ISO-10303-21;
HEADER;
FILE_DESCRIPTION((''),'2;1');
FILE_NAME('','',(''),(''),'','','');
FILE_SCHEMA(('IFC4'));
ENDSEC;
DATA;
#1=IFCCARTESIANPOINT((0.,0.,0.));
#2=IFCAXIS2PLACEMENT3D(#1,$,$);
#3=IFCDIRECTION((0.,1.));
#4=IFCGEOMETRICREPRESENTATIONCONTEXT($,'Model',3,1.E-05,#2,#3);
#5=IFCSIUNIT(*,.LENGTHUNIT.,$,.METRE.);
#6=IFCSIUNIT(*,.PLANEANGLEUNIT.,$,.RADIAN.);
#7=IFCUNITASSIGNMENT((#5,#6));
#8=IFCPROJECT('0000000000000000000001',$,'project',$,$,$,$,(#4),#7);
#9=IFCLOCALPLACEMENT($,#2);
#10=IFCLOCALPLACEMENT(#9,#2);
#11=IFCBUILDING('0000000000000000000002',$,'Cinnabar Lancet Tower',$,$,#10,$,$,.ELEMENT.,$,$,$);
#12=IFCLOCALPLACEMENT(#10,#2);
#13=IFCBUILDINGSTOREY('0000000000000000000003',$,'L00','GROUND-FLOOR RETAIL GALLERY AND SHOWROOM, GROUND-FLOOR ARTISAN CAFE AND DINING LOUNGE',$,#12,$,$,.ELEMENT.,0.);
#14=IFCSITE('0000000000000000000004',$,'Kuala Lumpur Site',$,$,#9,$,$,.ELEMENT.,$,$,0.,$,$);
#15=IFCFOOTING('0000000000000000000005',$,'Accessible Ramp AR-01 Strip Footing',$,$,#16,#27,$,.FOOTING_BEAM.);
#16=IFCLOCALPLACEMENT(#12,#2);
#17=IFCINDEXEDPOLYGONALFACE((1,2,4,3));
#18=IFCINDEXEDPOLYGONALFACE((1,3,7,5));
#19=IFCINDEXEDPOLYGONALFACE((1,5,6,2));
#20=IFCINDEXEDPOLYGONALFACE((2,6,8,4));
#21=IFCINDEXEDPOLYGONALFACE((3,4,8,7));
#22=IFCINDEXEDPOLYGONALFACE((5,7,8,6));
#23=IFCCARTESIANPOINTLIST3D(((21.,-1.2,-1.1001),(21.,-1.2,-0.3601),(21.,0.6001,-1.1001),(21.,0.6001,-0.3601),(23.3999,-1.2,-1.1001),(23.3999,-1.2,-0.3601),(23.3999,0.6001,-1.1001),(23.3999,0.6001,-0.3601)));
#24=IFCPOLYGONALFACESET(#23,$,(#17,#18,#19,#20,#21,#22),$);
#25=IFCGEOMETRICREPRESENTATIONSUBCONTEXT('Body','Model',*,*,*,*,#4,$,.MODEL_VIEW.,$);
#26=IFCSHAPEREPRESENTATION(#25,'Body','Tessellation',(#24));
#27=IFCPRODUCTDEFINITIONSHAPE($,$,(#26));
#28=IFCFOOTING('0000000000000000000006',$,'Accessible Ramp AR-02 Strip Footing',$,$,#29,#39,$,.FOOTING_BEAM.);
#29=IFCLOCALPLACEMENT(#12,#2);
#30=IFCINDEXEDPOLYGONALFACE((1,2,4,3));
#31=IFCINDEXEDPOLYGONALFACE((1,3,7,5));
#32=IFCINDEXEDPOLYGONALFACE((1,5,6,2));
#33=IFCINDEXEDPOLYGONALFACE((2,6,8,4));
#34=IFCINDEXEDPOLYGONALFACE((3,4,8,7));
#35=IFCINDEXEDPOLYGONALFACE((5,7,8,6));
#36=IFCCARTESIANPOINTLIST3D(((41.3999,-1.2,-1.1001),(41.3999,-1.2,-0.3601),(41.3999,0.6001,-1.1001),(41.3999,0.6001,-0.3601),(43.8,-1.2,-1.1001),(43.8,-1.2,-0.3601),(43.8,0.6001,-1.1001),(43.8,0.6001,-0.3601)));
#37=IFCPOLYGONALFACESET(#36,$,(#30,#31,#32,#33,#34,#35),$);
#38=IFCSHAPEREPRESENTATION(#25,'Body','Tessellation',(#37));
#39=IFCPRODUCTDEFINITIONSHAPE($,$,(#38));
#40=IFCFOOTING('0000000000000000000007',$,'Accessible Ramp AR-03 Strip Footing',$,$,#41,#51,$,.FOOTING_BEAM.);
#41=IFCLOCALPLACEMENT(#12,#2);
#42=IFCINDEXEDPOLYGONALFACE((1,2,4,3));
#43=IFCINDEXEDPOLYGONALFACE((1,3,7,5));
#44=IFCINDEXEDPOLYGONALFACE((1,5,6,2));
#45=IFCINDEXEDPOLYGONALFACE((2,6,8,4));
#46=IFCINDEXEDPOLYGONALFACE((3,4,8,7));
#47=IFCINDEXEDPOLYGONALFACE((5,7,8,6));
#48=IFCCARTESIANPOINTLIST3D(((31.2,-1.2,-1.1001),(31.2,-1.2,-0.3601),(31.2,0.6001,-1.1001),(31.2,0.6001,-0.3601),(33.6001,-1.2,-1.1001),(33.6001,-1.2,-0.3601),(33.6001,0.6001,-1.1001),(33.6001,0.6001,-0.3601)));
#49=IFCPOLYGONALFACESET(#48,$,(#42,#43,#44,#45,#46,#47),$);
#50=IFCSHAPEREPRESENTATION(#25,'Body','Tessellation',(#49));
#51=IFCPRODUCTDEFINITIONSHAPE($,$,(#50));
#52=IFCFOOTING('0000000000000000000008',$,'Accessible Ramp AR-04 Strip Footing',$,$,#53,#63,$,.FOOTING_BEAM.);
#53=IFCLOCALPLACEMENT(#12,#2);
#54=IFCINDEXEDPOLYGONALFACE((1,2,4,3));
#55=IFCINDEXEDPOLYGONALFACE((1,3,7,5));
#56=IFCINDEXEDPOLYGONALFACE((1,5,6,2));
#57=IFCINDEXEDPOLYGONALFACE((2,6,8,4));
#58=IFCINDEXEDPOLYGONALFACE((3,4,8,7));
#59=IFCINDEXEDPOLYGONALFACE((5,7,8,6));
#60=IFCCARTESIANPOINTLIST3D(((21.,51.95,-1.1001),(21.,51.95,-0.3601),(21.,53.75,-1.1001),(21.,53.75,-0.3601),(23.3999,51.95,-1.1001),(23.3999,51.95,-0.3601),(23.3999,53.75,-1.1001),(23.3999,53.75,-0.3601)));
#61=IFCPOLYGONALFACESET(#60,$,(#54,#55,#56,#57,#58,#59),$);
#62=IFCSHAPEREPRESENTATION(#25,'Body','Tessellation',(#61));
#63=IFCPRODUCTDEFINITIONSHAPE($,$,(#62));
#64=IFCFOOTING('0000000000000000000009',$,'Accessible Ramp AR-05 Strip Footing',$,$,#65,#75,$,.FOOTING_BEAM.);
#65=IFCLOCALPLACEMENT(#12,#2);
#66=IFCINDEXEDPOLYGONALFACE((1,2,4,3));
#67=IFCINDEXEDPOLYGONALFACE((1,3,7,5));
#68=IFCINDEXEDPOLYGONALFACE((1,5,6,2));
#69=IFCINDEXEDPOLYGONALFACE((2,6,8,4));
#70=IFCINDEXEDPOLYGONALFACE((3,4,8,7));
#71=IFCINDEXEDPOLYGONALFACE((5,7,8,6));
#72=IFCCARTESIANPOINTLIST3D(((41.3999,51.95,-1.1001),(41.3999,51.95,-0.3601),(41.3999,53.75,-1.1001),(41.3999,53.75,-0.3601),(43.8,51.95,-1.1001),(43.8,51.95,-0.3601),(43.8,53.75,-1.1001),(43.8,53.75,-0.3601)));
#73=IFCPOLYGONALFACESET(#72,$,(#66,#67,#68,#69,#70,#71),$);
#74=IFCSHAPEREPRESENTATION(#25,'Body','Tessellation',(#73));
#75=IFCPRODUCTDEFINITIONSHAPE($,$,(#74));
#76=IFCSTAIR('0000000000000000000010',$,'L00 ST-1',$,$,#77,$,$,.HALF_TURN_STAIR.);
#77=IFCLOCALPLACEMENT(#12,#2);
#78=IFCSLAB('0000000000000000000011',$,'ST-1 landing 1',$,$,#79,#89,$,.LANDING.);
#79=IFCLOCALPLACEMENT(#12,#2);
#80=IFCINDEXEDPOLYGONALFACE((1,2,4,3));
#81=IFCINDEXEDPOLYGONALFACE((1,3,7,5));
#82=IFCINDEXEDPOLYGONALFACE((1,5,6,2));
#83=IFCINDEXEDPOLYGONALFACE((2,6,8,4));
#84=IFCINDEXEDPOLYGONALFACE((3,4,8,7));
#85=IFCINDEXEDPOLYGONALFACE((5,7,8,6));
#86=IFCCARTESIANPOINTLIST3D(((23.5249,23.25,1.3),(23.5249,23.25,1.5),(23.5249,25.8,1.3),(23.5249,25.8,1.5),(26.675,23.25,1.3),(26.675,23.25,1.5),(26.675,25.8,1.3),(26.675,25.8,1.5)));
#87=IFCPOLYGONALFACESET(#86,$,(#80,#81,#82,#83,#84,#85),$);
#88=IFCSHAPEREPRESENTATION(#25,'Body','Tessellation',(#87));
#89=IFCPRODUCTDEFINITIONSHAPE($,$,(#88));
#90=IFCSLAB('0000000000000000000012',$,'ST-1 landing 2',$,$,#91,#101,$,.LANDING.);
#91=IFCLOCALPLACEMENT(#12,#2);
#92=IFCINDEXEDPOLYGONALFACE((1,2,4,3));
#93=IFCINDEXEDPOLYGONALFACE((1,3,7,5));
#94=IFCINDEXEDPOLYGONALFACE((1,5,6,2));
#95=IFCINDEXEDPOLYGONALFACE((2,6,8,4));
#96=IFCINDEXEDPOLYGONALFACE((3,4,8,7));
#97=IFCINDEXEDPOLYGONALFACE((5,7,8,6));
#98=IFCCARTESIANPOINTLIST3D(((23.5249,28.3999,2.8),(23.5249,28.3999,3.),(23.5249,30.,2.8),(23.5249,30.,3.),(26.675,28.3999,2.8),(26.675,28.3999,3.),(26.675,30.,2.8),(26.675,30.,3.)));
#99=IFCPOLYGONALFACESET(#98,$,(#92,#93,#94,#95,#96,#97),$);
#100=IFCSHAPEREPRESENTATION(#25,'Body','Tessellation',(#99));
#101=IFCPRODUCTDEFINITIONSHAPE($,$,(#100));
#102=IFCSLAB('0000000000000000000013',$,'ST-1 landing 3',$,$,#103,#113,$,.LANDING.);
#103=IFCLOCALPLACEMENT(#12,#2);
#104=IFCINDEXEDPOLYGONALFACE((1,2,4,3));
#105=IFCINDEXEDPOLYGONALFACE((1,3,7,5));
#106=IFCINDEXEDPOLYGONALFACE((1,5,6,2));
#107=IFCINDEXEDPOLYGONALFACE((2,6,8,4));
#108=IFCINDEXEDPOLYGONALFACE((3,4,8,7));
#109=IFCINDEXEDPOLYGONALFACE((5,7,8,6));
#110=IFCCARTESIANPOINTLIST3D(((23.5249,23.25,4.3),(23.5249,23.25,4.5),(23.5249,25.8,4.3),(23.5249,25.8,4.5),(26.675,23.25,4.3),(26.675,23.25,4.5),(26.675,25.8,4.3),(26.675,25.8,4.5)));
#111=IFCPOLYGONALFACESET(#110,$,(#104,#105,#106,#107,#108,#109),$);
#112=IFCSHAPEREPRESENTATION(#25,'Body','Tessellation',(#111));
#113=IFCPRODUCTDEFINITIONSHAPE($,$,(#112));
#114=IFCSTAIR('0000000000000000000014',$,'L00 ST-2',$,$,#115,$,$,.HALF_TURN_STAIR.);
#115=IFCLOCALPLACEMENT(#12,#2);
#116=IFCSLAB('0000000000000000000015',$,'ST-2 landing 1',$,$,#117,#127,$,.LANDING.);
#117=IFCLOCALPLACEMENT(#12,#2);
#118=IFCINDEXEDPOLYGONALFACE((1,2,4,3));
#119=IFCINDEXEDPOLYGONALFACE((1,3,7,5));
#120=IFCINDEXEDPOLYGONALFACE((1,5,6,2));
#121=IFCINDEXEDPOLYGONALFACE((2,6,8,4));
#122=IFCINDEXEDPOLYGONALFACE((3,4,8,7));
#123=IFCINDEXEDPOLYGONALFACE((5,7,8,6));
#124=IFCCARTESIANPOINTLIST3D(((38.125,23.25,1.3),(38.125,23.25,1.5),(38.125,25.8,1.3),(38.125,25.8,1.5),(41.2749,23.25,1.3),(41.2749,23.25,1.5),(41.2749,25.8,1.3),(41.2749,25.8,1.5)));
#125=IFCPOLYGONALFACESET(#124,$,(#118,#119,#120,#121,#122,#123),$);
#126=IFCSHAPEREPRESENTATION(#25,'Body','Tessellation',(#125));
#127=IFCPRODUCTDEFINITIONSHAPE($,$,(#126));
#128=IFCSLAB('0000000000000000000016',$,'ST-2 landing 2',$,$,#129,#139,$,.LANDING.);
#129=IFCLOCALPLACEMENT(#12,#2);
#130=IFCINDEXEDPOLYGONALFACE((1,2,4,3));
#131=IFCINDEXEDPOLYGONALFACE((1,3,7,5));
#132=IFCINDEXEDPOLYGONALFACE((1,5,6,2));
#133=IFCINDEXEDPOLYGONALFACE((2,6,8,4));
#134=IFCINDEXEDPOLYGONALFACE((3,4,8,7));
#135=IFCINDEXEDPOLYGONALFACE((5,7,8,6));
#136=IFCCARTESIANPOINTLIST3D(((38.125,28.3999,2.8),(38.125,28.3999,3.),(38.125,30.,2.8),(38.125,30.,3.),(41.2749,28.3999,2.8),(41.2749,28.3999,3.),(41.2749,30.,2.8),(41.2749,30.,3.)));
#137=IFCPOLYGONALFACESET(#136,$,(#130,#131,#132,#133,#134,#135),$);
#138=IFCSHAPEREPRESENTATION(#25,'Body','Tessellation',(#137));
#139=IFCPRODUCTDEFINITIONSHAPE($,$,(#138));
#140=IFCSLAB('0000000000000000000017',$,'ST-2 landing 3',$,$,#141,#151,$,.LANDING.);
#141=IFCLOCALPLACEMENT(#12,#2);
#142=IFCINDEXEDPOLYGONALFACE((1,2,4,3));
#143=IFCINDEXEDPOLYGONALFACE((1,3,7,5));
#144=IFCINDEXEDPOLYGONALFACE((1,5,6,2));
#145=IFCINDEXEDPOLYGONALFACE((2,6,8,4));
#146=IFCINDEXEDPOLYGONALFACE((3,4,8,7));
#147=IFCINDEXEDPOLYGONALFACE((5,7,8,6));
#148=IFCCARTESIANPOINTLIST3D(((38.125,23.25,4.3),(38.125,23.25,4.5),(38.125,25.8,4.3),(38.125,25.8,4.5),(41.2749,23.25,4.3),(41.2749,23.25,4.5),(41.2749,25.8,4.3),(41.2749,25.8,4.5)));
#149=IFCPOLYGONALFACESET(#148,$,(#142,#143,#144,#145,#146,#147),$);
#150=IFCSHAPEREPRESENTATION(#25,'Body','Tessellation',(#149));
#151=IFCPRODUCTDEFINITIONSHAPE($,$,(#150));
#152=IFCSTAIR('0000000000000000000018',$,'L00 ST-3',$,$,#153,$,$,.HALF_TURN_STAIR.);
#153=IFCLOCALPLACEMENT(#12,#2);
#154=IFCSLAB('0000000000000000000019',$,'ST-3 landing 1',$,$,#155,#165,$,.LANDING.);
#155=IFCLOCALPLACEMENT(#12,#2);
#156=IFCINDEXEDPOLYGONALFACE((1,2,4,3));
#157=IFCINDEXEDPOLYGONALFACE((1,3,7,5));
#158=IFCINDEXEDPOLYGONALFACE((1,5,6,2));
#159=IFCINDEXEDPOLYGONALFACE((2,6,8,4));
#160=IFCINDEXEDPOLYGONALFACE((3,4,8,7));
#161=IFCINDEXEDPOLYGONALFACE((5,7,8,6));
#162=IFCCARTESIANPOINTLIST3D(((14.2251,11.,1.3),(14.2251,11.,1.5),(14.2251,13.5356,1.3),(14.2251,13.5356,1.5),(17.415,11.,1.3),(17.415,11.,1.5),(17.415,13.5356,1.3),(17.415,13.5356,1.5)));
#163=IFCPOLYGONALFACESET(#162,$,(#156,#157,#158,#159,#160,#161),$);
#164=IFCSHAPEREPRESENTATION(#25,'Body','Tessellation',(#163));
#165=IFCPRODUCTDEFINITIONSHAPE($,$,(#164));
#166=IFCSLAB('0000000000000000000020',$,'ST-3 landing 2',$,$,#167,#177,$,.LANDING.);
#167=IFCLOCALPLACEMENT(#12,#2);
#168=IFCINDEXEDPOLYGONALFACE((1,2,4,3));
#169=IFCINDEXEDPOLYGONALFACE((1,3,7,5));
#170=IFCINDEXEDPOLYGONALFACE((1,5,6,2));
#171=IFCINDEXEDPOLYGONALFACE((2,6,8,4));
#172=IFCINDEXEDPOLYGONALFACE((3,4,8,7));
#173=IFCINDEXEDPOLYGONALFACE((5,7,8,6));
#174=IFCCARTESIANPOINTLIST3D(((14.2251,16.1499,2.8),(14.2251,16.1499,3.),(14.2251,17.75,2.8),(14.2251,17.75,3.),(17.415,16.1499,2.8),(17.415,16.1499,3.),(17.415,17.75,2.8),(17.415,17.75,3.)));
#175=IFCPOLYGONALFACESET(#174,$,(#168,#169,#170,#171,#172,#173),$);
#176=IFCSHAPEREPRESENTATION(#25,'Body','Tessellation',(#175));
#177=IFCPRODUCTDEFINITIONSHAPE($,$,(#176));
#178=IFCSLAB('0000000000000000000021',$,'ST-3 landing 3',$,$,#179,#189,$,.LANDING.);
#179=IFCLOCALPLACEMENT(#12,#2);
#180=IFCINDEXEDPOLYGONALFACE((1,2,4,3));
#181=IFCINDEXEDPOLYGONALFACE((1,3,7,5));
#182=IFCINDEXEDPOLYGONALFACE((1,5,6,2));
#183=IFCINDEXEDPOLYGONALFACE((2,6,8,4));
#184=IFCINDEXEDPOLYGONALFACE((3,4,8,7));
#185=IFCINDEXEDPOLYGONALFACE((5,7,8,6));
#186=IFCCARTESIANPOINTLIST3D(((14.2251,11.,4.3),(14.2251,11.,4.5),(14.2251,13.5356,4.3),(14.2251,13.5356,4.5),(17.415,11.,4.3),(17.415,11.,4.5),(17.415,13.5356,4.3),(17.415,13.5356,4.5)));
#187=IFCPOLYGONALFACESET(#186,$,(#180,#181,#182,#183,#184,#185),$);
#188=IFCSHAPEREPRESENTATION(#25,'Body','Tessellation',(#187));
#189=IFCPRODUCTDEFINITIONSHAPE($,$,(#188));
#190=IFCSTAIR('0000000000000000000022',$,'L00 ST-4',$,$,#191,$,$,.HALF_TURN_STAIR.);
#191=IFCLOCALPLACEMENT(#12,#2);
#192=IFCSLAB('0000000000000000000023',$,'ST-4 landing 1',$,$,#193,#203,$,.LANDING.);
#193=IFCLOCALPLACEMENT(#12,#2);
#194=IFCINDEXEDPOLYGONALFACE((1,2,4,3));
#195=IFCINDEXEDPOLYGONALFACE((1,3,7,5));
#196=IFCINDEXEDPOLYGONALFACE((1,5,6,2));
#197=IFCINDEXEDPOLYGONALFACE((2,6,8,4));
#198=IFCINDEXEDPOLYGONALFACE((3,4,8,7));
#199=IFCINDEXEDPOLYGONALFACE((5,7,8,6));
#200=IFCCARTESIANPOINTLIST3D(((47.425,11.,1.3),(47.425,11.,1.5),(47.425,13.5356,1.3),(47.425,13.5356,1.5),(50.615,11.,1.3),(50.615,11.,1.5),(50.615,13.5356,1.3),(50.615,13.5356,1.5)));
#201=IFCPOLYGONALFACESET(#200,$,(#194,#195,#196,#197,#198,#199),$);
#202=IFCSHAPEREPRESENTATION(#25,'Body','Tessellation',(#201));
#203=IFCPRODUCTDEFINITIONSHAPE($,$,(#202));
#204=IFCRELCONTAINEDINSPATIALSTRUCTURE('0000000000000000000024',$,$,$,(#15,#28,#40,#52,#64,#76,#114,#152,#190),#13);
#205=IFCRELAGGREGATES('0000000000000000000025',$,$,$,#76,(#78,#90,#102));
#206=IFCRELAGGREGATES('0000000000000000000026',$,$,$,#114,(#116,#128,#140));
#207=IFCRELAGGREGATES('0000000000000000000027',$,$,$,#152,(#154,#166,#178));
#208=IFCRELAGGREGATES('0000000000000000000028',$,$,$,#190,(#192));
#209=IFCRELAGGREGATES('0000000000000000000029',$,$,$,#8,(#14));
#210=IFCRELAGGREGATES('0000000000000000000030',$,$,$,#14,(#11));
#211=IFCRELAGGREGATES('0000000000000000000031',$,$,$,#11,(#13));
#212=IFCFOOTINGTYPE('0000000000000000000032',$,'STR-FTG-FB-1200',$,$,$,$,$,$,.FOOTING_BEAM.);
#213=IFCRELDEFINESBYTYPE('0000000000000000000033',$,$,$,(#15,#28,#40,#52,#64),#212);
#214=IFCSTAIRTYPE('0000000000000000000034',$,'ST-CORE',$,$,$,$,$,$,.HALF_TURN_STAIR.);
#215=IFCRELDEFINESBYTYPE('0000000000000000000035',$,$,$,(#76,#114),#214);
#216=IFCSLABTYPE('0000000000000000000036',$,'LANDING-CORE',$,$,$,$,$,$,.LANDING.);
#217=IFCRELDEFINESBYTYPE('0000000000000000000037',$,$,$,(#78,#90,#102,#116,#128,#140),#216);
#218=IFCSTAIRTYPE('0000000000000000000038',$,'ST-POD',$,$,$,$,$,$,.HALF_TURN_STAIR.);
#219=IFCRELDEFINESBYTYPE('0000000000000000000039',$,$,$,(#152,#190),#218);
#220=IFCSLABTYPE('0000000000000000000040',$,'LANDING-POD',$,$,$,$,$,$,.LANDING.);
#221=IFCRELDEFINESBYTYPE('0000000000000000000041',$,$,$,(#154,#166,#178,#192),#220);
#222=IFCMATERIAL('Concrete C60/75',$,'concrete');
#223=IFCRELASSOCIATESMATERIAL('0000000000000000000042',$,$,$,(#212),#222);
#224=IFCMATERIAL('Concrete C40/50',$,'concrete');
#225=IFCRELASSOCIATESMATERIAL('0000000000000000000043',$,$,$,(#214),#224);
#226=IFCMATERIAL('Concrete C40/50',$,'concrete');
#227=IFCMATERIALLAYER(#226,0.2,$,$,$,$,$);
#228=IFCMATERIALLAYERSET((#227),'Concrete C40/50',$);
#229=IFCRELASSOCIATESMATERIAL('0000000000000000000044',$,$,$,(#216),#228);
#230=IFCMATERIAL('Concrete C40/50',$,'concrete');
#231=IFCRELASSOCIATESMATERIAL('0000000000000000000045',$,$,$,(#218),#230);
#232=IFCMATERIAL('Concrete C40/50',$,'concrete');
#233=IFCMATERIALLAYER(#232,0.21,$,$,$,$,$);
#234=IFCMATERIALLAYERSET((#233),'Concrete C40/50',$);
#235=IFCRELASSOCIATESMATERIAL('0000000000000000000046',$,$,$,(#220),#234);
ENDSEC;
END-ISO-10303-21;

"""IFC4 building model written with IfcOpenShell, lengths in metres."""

from ifc_helpers import new_model, si_unit, direction, frame, origin, origin_2d, place, context, subcontext, project, spatial, polyline, rectangle, outline, extrude, material, layer, layer_set, material_profile, profile_set, type_object, element, aggregate, save


model = new_model("IFC4")

# Units and contexts
model_context = context("Model", 3, precision=1e-05, world=origin(), true_north=direction((0.0, 1.0)))
body_context = subcontext(model_context, "Body", "Model", "MODEL_VIEW")
ifc_project = project(units=[si_unit("LENGTHUNIT", "METRE"), si_unit("PLANEANGLEUNIT", "RADIAN")], contexts=[model_context])

# Site, building, storey
site_placement = place(None, origin())
site = spatial("IfcSite", under=ifc_project, at=site_placement, Name="Kuala Lumpur Site", CompositionType="ELEMENT", RefElevation=0.0)
building_placement = place(site_placement, origin())
building = spatial("IfcBuilding", under=site, at=building_placement, Name="Cinnabar Lancet Tower", CompositionType="ELEMENT")
storey_placement = place(building_placement, origin())
storey = spatial("IfcBuildingStorey", under=building, at=storey_placement, Name="L00", Description="GROUND-FLOOR RETAIL GALLERY AND SHOWROOM, GROUND-FLOOR ARTISAN CAFE AND DINING LOUNGE", CompositionType="ELEMENT", Elevation=0.0)

# Footings
ifc_material_1 = material(Name="Concrete C60/75", Category="concrete")
ifc_material_profile = material_profile(ifc_material_1, rectangle(XDim=1.2, YDim=1.2, at=origin_2d()), Name="RC-FB 1200x1200")
ifc_profile_set = profile_set([ifc_material_profile], Name="Concrete C60/75")
footing_type = type_object("IfcFootingType", Name="STR-FTG-FB-1200", PredefinedType="FOOTING_BEAM", material=ifc_profile_set)
footing_1_placement = place(storey_placement, frame((0.0, 0.0, -1.1001)))
element("IfcFooting", 1, at=footing_1_placement, inside=storey, type_object=footing_type, Name="Accessible Ramp AR-01 Strip Footing", PredefinedType="FOOTING_BEAM", context=body_context, shape_type="SweptSolid", body=[
    extrude(outline(polyline([(21.0, -1.2), (23.3999, -1.2), (23.3999, 0.6001), (21.0, 0.6001), (21.0, -1.2)])), origin(), (0.0, 0.0, 1.0), 0.74),
])
footing_2_placement = place(storey_placement, frame((0.0, 0.0, -1.1001)))
element("IfcFooting", 2, at=footing_2_placement, inside=storey, type_object=footing_type, Name="Accessible Ramp AR-02 Strip Footing", PredefinedType="FOOTING_BEAM", context=body_context, shape_type="SweptSolid", body=[
    extrude(outline(polyline([(41.3999, -1.2), (43.8, -1.2), (43.8, 0.6001), (41.3999, 0.6001), (41.3999, -1.2)])), origin(), (0.0, 0.0, 1.0), 0.74),
])
footing_3_placement = place(storey_placement, frame((0.0, 0.0, -1.1001)))
element("IfcFooting", 3, at=footing_3_placement, inside=storey, type_object=footing_type, Name="Accessible Ramp AR-03 Strip Footing", PredefinedType="FOOTING_BEAM", context=body_context, shape_type="SweptSolid", body=[
    extrude(outline(polyline([(31.2, -1.2), (33.6001, -1.2), (33.6001, 0.6001), (31.2, 0.6001), (31.2, -1.2)])), origin(), (0.0, 0.0, 1.0), 0.74),
])
footing_4_placement = place(storey_placement, frame((0.0, 0.0, -1.1001)))
element("IfcFooting", 4, at=footing_4_placement, inside=storey, type_object=footing_type, Name="Accessible Ramp AR-04 Strip Footing", PredefinedType="FOOTING_BEAM", context=body_context, shape_type="SweptSolid", body=[
    extrude(outline(polyline([(21.0, 51.95), (23.3999, 51.95), (23.3999, 53.75), (21.0, 53.75), (21.0, 51.95)])), origin(), (0.0, 0.0, 1.0), 0.74),
])
footing_5_placement = place(storey_placement, frame((0.0, 0.0, -1.1001)))
element("IfcFooting", 5, at=footing_5_placement, inside=storey, type_object=footing_type, Name="Accessible Ramp AR-05 Strip Footing", PredefinedType="FOOTING_BEAM", context=body_context, shape_type="SweptSolid", body=[
    extrude(outline(polyline([(41.3999, 51.95), (43.8, 51.95), (43.8, 53.75), (41.3999, 53.75), (41.3999, 51.95)])), origin(), (0.0, 0.0, 1.0), 0.74),
])

# Stairs, slabs
ifc_material_2 = material(Name="Concrete C40/50", Category="concrete")
stair_type_1 = type_object("IfcStairType", Name="ST-CORE", PredefinedType="HALF_TURN_STAIR", material=ifc_material_2)
stair_1_placement = place(storey_placement, origin())
stair_1 = element("IfcStair", 6, at=stair_1_placement, inside=storey, type_object=stair_type_1, Name="L00 ST-1", PredefinedType="HALF_TURN_STAIR")
ifc_material_3 = material(Name="Concrete C40/50", Category="concrete")
ifc_layer_1 = layer(ifc_material_3, 0.2)
ifc_layer_set_1 = layer_set([ifc_layer_1], Name="Concrete C40/50")
slab_type_1 = type_object("IfcSlabType", Name="LANDING-CORE", PredefinedType="LANDING", material=ifc_layer_set_1)
slab_1_placement = place(storey_placement, frame((0.0, 0.0, 1.3)))
slab_1 = element("IfcSlab", 7, at=slab_1_placement, type_object=slab_type_1, Name="ST-1 landing 1", PredefinedType="LANDING", context=body_context, shape_type="SweptSolid", body=[
    extrude(outline(polyline([(23.5249, 25.8), (23.5249, 23.25), (26.675, 23.25), (26.675, 25.8), (23.5249, 25.8)])), origin(), (0.0, 0.0, 1.0), 0.2),
])
slab_2_placement = place(storey_placement, frame((0.0, 0.0, 2.8)))
slab_2 = element("IfcSlab", 8, at=slab_2_placement, type_object=slab_type_1, Name="ST-1 landing 2", PredefinedType="LANDING", context=body_context, shape_type="SweptSolid", body=[
    extrude(outline(polyline([(23.5249, 30.0), (23.5249, 28.3999), (26.675, 28.3999), (26.675, 30.0), (23.5249, 30.0)])), origin(), (0.0, 0.0, 1.0), 0.2),
])
slab_3_placement = place(storey_placement, frame((0.0, 0.0, 4.3)))
slab_3 = element("IfcSlab", 9, at=slab_3_placement, type_object=slab_type_1, Name="ST-1 landing 3", PredefinedType="LANDING", context=body_context, shape_type="SweptSolid", body=[
    extrude(outline(polyline([(23.5249, 25.8), (23.5249, 23.25), (26.675, 23.25), (26.675, 25.8), (23.5249, 25.8)])), origin(), (0.0, 0.0, 1.0), 0.2),
])
aggregate(stair_1, [slab_1, slab_2, slab_3])
stair_2_placement = place(storey_placement, origin())
stair_2 = element("IfcStair", 10, at=stair_2_placement, inside=storey, type_object=stair_type_1, Name="L00 ST-2", PredefinedType="HALF_TURN_STAIR")
slab_4_placement = place(storey_placement, frame((0.0, 0.0, 1.3)))
slab_4 = element("IfcSlab", 11, at=slab_4_placement, type_object=slab_type_1, Name="ST-2 landing 1", PredefinedType="LANDING", context=body_context, shape_type="SweptSolid", body=[
    extrude(outline(polyline([(38.125, 25.8), (38.125, 23.25), (41.2749, 23.25), (41.2749, 25.8), (38.125, 25.8)])), origin(), (0.0, 0.0, 1.0), 0.2),
])
slab_5_placement = place(storey_placement, frame((0.0, 0.0, 2.8)))
slab_5 = element("IfcSlab", 12, at=slab_5_placement, type_object=slab_type_1, Name="ST-2 landing 2", PredefinedType="LANDING", context=body_context, shape_type="SweptSolid", body=[
    extrude(outline(polyline([(38.125, 30.0), (38.125, 28.3999), (41.2749, 28.3999), (41.2749, 30.0), (38.125, 30.0)])), origin(), (0.0, 0.0, 1.0), 0.2),
])
slab_6_placement = place(storey_placement, frame((0.0, 0.0, 4.3)))
slab_6 = element("IfcSlab", 13, at=slab_6_placement, type_object=slab_type_1, Name="ST-2 landing 3", PredefinedType="LANDING", context=body_context, shape_type="SweptSolid", body=[
    extrude(outline(polyline([(38.125, 25.8), (38.125, 23.25), (41.2749, 23.25), (41.2749, 25.8), (38.125, 25.8)])), origin(), (0.0, 0.0, 1.0), 0.2),
])
aggregate(stair_2, [slab_4, slab_5, slab_6])
ifc_material_4 = material(Name="Concrete C40/50", Category="concrete")
stair_type_2 = type_object("IfcStairType", Name="ST-POD", PredefinedType="HALF_TURN_STAIR", material=ifc_material_4)
stair_3_placement = place(storey_placement, origin())
stair_3 = element("IfcStair", 14, at=stair_3_placement, inside=storey, type_object=stair_type_2, Name="L00 ST-3", PredefinedType="HALF_TURN_STAIR")
ifc_material_5 = material(Name="Concrete C40/50", Category="concrete")
ifc_layer_2 = layer(ifc_material_5, 0.21)
ifc_layer_set_2 = layer_set([ifc_layer_2], Name="Concrete C40/50")
slab_type_2 = type_object("IfcSlabType", Name="LANDING-POD", PredefinedType="LANDING", material=ifc_layer_set_2)
slab_7_placement = place(storey_placement, frame((0.0, 0.0, 1.3)))
slab_7 = element("IfcSlab", 15, at=slab_7_placement, type_object=slab_type_2, Name="ST-3 landing 1", PredefinedType="LANDING", context=body_context, shape_type="SweptSolid", body=[
    extrude(outline(polyline([(14.2251, 13.5356), (14.2251, 11.0), (17.415, 11.0), (17.415, 13.5356), (14.2251, 13.5356)])), origin(), (0.0, 0.0, 1.0), 0.2),
])
slab_8_placement = place(storey_placement, frame((0.0, 0.0, 2.8)))
slab_8 = element("IfcSlab", 16, at=slab_8_placement, type_object=slab_type_2, Name="ST-3 landing 2", PredefinedType="LANDING", context=body_context, shape_type="SweptSolid", body=[
    extrude(outline(polyline([(14.2251, 17.75), (14.2251, 16.1499), (17.415, 16.1499), (17.415, 17.75), (14.2251, 17.75)])), origin(), (0.0, 0.0, 1.0), 0.2),
])
slab_9_placement = place(storey_placement, frame((0.0, 0.0, 4.3)))
slab_9 = element("IfcSlab", 17, at=slab_9_placement, type_object=slab_type_2, Name="ST-3 landing 3", PredefinedType="LANDING", context=body_context, shape_type="SweptSolid", body=[
    extrude(outline(polyline([(14.2251, 13.5356), (14.2251, 11.0), (17.415, 11.0), (17.415, 13.5356), (14.2251, 13.5356)])), origin(), (0.0, 0.0, 1.0), 0.2),
])
aggregate(stair_3, [slab_7, slab_8, slab_9])
stair_4_placement = place(storey_placement, origin())
stair_4 = element("IfcStair", 18, at=stair_4_placement, inside=storey, type_object=stair_type_2, Name="L00 ST-4", PredefinedType="HALF_TURN_STAIR")
slab_10_placement = place(storey_placement, frame((0.0, 0.0, 1.3)))
slab_10 = element("IfcSlab", 19, at=slab_10_placement, type_object=slab_type_2, Name="ST-4 landing 1", PredefinedType="LANDING", context=body_context, shape_type="SweptSolid", body=[
    extrude(outline(polyline([(47.425, 13.5356), (47.425, 11.0), (50.615, 11.0), (50.615, 13.5356), (47.425, 13.5356)])), origin(), (0.0, 0.0, 1.0), 0.2),
])
aggregate(stair_4, [slab_10])

save(model, "model.ifc")
